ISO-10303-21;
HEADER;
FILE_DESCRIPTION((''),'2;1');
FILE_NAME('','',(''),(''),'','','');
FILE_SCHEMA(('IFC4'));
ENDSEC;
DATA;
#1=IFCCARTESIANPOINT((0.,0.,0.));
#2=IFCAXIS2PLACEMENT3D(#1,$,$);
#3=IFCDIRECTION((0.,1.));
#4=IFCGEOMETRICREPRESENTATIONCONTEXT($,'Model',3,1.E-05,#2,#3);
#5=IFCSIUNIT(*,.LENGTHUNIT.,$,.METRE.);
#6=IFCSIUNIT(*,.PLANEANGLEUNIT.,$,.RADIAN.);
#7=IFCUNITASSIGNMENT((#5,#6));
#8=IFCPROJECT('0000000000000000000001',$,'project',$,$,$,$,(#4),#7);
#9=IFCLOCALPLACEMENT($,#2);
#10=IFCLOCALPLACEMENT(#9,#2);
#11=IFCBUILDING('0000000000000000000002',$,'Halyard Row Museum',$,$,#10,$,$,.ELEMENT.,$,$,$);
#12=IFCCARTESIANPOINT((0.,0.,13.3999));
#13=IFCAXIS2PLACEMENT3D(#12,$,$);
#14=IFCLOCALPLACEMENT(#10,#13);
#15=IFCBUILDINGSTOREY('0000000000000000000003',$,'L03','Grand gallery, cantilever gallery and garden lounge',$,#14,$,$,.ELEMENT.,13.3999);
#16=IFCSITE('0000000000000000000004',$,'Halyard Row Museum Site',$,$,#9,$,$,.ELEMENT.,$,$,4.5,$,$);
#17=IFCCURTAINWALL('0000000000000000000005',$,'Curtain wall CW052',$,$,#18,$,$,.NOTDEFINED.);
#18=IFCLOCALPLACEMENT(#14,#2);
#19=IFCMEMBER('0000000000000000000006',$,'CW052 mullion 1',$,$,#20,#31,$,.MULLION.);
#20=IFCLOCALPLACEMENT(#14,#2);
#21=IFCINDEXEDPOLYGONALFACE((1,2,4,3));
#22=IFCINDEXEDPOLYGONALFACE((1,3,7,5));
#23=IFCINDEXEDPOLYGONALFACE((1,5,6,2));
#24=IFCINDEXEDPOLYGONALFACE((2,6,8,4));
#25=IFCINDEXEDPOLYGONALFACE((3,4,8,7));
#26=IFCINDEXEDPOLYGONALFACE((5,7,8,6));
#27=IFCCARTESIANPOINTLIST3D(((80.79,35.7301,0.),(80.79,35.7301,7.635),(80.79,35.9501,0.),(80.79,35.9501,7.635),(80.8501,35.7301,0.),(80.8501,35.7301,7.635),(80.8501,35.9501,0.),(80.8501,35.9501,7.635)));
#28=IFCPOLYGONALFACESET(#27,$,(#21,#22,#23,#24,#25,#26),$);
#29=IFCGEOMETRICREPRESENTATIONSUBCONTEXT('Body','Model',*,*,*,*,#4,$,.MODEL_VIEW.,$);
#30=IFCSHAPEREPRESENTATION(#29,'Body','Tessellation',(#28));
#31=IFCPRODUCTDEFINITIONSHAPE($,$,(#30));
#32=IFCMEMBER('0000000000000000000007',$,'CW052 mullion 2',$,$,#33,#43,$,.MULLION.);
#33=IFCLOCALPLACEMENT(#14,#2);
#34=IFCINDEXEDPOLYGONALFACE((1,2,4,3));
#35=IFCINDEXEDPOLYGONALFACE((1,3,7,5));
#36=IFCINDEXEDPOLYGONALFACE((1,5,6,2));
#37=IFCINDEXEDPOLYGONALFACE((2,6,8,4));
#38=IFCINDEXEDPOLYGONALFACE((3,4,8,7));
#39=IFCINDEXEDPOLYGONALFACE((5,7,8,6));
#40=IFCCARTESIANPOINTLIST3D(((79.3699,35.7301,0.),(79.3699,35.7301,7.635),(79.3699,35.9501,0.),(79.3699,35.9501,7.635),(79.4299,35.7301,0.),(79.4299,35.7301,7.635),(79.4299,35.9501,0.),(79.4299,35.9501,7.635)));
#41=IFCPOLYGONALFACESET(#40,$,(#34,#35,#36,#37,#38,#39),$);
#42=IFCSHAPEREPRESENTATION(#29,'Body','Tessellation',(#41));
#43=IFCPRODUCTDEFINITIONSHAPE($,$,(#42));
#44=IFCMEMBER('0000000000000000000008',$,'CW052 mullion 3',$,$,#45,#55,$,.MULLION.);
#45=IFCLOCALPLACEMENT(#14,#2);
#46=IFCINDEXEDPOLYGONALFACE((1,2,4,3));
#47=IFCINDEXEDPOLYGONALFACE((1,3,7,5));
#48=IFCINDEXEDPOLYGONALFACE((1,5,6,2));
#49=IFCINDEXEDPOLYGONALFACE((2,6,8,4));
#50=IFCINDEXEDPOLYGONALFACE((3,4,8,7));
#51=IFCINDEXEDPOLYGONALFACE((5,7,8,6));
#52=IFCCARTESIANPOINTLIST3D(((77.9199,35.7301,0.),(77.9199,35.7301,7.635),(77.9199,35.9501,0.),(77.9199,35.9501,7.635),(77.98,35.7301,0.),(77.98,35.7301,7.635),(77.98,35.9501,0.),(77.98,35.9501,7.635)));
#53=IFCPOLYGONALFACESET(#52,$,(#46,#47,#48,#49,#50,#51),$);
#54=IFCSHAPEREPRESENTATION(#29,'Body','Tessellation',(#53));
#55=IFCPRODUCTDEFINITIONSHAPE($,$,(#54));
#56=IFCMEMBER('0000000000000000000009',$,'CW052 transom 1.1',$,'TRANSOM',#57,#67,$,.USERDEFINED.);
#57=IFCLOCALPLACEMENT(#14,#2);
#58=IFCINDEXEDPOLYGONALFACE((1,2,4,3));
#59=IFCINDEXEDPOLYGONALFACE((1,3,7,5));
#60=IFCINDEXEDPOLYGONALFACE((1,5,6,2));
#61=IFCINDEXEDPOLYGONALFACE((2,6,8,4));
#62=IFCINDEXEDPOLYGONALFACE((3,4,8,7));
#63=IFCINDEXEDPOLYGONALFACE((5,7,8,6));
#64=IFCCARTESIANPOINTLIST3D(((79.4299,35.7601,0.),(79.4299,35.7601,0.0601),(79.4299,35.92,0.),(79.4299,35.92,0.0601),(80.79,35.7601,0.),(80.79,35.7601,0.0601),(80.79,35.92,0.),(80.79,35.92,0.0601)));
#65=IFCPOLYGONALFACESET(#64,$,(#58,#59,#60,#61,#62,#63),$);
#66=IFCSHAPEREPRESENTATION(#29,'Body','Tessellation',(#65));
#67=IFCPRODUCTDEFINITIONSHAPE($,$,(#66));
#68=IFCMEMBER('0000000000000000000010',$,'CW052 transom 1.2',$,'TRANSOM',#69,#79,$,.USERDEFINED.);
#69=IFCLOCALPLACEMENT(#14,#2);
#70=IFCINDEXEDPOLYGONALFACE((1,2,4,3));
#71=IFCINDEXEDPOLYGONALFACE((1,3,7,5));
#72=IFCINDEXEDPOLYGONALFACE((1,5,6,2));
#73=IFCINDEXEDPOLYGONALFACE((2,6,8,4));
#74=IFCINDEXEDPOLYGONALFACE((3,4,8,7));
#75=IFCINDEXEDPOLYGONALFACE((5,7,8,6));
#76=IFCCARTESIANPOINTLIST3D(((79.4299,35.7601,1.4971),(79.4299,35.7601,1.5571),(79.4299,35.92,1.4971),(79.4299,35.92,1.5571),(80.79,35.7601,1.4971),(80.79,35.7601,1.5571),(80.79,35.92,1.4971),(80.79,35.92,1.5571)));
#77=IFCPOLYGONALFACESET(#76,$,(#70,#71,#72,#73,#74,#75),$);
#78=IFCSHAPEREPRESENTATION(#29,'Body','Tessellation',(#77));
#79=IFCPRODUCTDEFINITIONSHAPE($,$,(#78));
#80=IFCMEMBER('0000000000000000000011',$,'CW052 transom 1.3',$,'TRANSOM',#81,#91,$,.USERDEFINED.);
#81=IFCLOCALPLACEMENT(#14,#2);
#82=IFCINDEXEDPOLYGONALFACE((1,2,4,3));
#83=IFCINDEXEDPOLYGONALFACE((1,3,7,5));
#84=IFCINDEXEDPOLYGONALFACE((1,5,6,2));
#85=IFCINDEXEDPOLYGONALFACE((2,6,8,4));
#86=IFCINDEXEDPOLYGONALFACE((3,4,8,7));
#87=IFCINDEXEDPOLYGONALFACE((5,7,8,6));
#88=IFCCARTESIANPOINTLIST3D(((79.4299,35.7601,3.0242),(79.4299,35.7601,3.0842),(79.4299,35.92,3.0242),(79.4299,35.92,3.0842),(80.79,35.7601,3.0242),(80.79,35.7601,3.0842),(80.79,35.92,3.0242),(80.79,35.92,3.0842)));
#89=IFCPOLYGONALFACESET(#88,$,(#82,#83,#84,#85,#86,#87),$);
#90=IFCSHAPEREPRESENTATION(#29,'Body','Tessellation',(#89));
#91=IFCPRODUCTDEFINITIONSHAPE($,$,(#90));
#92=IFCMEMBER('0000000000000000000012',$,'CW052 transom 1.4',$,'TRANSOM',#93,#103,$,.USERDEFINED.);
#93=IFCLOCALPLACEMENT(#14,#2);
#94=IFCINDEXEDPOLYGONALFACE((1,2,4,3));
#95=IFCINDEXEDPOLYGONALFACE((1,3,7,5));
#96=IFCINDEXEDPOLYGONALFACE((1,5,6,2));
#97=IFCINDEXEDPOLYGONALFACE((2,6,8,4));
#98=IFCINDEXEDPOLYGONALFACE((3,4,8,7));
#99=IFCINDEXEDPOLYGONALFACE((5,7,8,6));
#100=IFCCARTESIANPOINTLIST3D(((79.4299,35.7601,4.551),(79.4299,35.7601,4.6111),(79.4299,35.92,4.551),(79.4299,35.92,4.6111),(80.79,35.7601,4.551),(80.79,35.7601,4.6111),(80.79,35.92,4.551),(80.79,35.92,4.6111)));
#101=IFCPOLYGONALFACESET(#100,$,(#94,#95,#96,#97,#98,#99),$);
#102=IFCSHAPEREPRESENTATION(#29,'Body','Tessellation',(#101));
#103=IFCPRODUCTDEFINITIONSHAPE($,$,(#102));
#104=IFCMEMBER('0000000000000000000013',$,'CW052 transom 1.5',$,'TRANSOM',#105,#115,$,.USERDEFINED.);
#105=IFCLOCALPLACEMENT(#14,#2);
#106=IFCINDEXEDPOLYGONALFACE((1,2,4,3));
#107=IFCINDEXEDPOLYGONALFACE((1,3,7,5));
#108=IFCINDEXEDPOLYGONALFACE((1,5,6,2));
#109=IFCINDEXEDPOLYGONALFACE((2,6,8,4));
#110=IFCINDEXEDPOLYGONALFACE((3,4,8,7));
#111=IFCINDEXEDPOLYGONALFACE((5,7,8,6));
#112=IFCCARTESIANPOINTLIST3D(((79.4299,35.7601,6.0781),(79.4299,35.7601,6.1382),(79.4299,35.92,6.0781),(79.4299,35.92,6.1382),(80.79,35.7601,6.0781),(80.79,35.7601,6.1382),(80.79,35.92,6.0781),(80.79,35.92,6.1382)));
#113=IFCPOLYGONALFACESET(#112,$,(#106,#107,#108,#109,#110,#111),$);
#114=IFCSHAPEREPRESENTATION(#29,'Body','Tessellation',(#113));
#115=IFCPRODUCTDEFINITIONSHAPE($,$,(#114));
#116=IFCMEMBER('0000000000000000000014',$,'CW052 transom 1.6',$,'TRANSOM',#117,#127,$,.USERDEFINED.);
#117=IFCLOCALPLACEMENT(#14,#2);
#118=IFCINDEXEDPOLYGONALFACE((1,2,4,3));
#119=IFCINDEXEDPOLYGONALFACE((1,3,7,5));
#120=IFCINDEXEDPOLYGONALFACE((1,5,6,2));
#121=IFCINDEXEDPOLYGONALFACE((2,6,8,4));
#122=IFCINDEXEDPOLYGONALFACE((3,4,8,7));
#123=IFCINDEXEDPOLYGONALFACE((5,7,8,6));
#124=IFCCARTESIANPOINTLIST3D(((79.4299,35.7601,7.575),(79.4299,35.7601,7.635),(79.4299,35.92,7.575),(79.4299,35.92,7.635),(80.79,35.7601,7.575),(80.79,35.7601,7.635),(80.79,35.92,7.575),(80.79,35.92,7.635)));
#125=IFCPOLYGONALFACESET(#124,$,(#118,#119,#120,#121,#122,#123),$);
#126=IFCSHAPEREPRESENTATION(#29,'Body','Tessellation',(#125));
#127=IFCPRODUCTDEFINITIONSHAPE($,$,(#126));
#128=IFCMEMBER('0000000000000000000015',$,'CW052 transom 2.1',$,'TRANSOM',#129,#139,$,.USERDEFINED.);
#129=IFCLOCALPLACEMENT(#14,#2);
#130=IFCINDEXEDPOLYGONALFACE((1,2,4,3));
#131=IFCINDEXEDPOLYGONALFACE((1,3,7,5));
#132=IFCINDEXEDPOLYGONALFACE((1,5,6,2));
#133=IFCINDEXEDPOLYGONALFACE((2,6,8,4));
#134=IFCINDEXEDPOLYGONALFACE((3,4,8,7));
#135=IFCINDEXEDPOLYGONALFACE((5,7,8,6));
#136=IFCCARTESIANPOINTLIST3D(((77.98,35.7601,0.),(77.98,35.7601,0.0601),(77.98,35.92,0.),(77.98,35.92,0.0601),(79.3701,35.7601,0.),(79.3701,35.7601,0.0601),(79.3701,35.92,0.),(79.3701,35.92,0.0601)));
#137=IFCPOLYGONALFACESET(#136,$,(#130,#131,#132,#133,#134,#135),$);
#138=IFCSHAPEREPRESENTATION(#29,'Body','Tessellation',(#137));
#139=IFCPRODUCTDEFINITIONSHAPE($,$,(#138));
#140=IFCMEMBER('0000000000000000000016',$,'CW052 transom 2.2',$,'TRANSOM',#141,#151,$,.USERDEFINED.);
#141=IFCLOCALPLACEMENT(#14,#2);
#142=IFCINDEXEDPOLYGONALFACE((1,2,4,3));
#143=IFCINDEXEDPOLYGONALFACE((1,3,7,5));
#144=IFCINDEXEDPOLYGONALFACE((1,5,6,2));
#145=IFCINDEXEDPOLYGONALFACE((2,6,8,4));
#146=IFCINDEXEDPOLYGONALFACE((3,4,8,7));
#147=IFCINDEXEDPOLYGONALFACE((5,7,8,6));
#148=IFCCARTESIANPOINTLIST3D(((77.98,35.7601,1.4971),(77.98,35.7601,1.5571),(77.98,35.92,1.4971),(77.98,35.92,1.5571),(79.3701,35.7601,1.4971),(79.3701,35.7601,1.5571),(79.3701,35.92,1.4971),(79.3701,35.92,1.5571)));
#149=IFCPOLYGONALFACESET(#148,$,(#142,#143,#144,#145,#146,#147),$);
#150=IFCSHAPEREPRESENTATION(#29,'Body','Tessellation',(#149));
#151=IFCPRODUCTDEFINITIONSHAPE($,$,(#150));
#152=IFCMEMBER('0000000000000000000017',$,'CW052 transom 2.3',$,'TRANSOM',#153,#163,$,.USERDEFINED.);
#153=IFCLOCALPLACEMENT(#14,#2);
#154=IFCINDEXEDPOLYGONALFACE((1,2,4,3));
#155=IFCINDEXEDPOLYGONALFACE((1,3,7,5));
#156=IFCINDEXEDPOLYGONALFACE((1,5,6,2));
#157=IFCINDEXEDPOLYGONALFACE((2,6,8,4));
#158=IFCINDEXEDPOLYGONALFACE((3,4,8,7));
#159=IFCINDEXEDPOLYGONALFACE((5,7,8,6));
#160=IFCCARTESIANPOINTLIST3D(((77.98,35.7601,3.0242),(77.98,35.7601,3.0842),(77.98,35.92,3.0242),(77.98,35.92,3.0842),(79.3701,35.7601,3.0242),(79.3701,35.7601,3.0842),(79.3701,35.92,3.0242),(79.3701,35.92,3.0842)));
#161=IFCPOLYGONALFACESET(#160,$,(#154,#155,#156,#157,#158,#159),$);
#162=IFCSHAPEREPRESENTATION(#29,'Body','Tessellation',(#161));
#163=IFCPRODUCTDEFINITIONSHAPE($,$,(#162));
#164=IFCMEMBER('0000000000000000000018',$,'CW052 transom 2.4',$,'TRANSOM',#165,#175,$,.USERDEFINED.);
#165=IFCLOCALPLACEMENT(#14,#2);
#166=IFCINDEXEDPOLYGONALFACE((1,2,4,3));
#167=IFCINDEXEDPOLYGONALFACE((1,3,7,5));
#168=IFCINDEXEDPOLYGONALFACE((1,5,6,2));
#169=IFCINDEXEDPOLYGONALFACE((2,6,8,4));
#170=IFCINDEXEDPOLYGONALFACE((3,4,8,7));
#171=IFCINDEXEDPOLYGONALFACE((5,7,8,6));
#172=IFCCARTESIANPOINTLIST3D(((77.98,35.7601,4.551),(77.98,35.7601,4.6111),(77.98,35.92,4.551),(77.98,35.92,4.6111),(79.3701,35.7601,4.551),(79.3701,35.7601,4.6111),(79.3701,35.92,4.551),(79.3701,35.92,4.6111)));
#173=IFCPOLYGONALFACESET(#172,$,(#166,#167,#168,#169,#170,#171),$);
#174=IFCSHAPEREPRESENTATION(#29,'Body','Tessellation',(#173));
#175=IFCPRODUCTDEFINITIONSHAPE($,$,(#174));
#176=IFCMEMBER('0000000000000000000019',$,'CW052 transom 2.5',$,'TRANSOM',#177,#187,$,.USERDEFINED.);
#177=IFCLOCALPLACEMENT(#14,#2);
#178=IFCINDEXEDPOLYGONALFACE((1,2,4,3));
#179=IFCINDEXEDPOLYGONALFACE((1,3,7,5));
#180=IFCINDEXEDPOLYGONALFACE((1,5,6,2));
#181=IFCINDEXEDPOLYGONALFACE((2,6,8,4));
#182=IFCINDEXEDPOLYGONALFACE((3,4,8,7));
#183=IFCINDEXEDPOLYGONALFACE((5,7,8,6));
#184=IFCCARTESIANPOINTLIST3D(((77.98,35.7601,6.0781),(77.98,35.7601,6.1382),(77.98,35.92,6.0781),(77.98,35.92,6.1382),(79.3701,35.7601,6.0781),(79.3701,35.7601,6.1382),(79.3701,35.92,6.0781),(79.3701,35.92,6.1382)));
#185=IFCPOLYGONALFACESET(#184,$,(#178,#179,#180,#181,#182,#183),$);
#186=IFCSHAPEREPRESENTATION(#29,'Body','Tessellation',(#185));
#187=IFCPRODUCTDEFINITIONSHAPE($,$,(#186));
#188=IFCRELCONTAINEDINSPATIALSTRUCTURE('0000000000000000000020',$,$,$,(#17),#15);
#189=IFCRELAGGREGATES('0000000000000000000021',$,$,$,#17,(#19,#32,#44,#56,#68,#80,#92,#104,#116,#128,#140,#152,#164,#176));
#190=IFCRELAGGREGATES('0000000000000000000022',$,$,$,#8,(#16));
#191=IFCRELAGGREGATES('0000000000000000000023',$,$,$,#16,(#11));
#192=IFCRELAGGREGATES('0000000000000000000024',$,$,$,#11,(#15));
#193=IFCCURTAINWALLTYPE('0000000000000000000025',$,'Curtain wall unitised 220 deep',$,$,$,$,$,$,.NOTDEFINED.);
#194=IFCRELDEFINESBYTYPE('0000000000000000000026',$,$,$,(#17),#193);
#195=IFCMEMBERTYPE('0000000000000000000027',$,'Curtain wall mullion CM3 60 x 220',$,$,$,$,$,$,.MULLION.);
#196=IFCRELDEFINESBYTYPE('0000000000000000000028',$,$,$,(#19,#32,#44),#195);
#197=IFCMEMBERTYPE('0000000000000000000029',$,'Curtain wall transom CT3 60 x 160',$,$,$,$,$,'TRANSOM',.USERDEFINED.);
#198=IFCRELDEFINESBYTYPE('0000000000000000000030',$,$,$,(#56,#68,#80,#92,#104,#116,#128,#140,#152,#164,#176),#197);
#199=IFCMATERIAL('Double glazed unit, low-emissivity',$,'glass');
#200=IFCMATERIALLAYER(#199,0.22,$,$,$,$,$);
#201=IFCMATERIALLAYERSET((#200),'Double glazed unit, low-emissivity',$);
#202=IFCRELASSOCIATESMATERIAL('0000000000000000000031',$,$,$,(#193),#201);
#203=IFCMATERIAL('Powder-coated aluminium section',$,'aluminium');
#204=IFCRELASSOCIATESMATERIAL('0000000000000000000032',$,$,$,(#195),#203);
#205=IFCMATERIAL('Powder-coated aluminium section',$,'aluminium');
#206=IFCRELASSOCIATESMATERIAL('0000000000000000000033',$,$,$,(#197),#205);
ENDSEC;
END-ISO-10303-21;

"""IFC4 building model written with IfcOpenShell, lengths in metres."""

from ifc_helpers import new_model, si_unit, direction, frame, origin, origin_2d, place, context, subcontext, project, spatial, rectangle, extrude, material, layer, layer_set, material_profile, profile_set, type_object, element, aggregate, save


model = new_model("IFC4")

# Units and contexts
model_context = context("Model", 3, precision=1e-05, world=origin(), true_north=direction((0.0, 1.0)))
body_context = subcontext(model_context, "Body", "Model", "MODEL_VIEW")
ifc_project = project(units=[si_unit("LENGTHUNIT", "METRE"), si_unit("PLANEANGLEUNIT", "RADIAN")], contexts=[model_context])

# Site, building, storey
site_placement = place(None, origin())
site = spatial("IfcSite", under=ifc_project, at=site_placement, Name="Halyard Row Museum Site", CompositionType="ELEMENT", RefElevation=4.5)
building_placement = place(site_placement, origin())
building = spatial("IfcBuilding", under=site, at=building_placement, Name="Halyard Row Museum", CompositionType="ELEMENT")
storey_placement = place(building_placement, frame((0.0, 0.0, 13.3999)))
storey = spatial("IfcBuildingStorey", under=building, at=storey_placement, Name="L03", Description="Grand gallery, cantilever gallery and garden lounge", CompositionType="ELEMENT", Elevation=13.3999)

# Curtain wall, members
ifc_material_1 = material(Name="Double glazed unit, low-emissivity", Category="glass")
ifc_layer_1 = layer(ifc_material_1, 0.22)
ifc_layer_set_1 = layer_set([ifc_layer_1], Name="Double glazed unit, low-emissivity")
curtain_wall_type = type_object("IfcCurtainWallType", Name="Curtain wall unitised 220 deep", PredefinedType="NOTDEFINED", material=ifc_layer_set_1)
curtain_wall_placement = place(storey_placement, origin())
curtain_wall = element("IfcCurtainWall", 1, at=curtain_wall_placement, inside=storey, type_object=curtain_wall_type, Name="Curtain wall CW052", PredefinedType="NOTDEFINED")
ifc_material_2 = material(Name="Powder-coated aluminium section", Category="aluminium")
ifc_material_profile_1 = material_profile(ifc_material_2, rectangle(XDim=0.22, YDim=0.0601, at=origin_2d()), Name="220x60 mullion")
ifc_profile_set_1 = profile_set([ifc_material_profile_1], Name="Powder-coated aluminium section")
member_type_1 = type_object("IfcMemberType", Name="Curtain wall mullion CM3 60 x 220", PredefinedType="MULLION", material=ifc_profile_set_1)
member_1_placement = place(storey_placement, frame((80.8201, 35.8401, 0.0), z_axis=(0.0, 0.0, 1.0), x_axis=(0.0, -1.0, 0.0)))
member_1 = element("IfcMember", 2, at=member_1_placement, type_object=member_type_1, Name="CW052 mullion 1", PredefinedType="MULLION", context=body_context, shape_type="SweptSolid", body=[
    extrude(rectangle(XDim=0.22, YDim=0.0601, at=origin_2d()), origin(), (0.0, 0.0, 1.0), 7.635),
])
member_2_placement = place(storey_placement, frame((79.3999, 35.8401, 0.0), z_axis=(0.0, 0.0, 1.0), x_axis=(0.0, -1.0, 0.0)))
member_2 = element("IfcMember", 3, at=member_2_placement, type_object=member_type_1, Name="CW052 mullion 2", PredefinedType="MULLION", context=body_context, shape_type="SweptSolid", body=[
    extrude(rectangle(XDim=0.22, YDim=0.0601, at=origin_2d()), origin(), (0.0, 0.0, 1.0), 7.635),
])
member_3_placement = place(storey_placement, frame((77.95, 35.8401, 0.0), z_axis=(0.0, 0.0, 1.0), x_axis=(0.0, -1.0, 0.0)))
member_3 = element("IfcMember", 4, at=member_3_placement, type_object=member_type_1, Name="CW052 mullion 3", PredefinedType="MULLION", context=body_context, shape_type="SweptSolid", body=[
    extrude(rectangle(XDim=0.22, YDim=0.0601, at=origin_2d()), origin(), (0.0, 0.0, 1.0), 7.635),
])
ifc_material_3 = material(Name="Powder-coated aluminium section", Category="aluminium")
ifc_material_profile_2 = material_profile(ifc_material_3, rectangle(XDim=0.1599, YDim=0.0601, at=origin_2d()), Name="160x60 transom")
ifc_profile_set_2 = profile_set([ifc_material_profile_2], Name="Powder-coated aluminium section")
member_type_2 = type_object("IfcMemberType", Name="Curtain wall transom CT3 60 x 160", ElementType="TRANSOM", PredefinedType="USERDEFINED", material=ifc_profile_set_2)
member_4_placement = place(storey_placement, frame((80.79, 35.8401, 0.03), z_axis=(-1.0, 0.0, 0.0), x_axis=(0.0, -1.0, 0.0)))
member_4 = element("IfcMember", 5, at=member_4_placement, type_object=member_type_2, Name="CW052 transom 1.1", ObjectType="TRANSOM", PredefinedType="USERDEFINED", context=body_context, shape_type="SweptSolid", body=[
    extrude(rectangle(XDim=0.1599, YDim=0.0601, at=origin_2d()), origin(), (0.0, 0.0, 1.0), 1.3601),
])
member_5_placement = place(storey_placement, frame((80.79, 35.8401, 1.5271), z_axis=(-1.0, 0.0, 0.0), x_axis=(0.0, -1.0, 0.0)))
member_5 = element("IfcMember", 6, at=member_5_placement, type_object=member_type_2, Name="CW052 transom 1.2", ObjectType="TRANSOM", PredefinedType="USERDEFINED", context=body_context, shape_type="SweptSolid", body=[
    extrude(rectangle(XDim=0.1599, YDim=0.0601, at=origin_2d()), origin(), (0.0, 0.0, 1.0), 1.3601),
])
member_6_placement = place(storey_placement, frame((80.79, 35.8401, 3.0542), z_axis=(-1.0, 0.0, 0.0), x_axis=(0.0, -1.0, 0.0)))
member_6 = element("IfcMember", 7, at=member_6_placement, type_object=member_type_2, Name="CW052 transom 1.3", ObjectType="TRANSOM", PredefinedType="USERDEFINED", context=body_context, shape_type="SweptSolid", body=[
    extrude(rectangle(XDim=0.1599, YDim=0.0601, at=origin_2d()), origin(), (0.0, 0.0, 1.0), 1.3601),
])
member_7_placement = place(storey_placement, frame((80.79, 35.8401, 4.5811), z_axis=(-1.0, 0.0, 0.0), x_axis=(0.0, -1.0, 0.0)))
member_7 = element("IfcMember", 8, at=member_7_placement, type_object=member_type_2, Name="CW052 transom 1.4", ObjectType="TRANSOM", PredefinedType="USERDEFINED", context=body_context, shape_type="SweptSolid", body=[
    extrude(rectangle(XDim=0.1599, YDim=0.0601, at=origin_2d()), origin(), (0.0, 0.0, 1.0), 1.3601),
])
member_8_placement = place(storey_placement, frame((80.79, 35.8401, 6.1082), z_axis=(-1.0, 0.0, 0.0), x_axis=(0.0, -1.0, 0.0)))
member_8 = element("IfcMember", 9, at=member_8_placement, type_object=member_type_2, Name="CW052 transom 1.5", ObjectType="TRANSOM", PredefinedType="USERDEFINED", context=body_context, shape_type="SweptSolid", body=[
    extrude(rectangle(XDim=0.1599, YDim=0.0601, at=origin_2d()), origin(), (0.0, 0.0, 1.0), 1.3601),
])
member_9_placement = place(storey_placement, frame((80.79, 35.8401, 7.605), z_axis=(-1.0, 0.0, 0.0), x_axis=(0.0, -1.0, 0.0)))
member_9 = element("IfcMember", 10, at=member_9_placement, type_object=member_type_2, Name="CW052 transom 1.6", ObjectType="TRANSOM", PredefinedType="USERDEFINED", context=body_context, shape_type="SweptSolid", body=[
    extrude(rectangle(XDim=0.1599, YDim=0.0601, at=origin_2d()), origin(), (0.0, 0.0, 1.0), 1.3601),
])
member_10_placement = place(storey_placement, frame((79.3701, 35.8401, 0.03), z_axis=(-1.0, 0.0, 0.0), x_axis=(0.0, -1.0, 0.0)))
member_10 = element("IfcMember", 11, at=member_10_placement, type_object=member_type_2, Name="CW052 transom 2.1", ObjectType="TRANSOM", PredefinedType="USERDEFINED", context=body_context, shape_type="SweptSolid", body=[
    extrude(rectangle(XDim=0.1599, YDim=0.0601, at=origin_2d()), origin(), (0.0, 0.0, 1.0), 1.3901),
])
member_11_placement = place(storey_placement, frame((79.3701, 35.8401, 1.5271), z_axis=(-1.0, 0.0, 0.0), x_axis=(0.0, -1.0, 0.0)))
member_11 = element("IfcMember", 12, at=member_11_placement, type_object=member_type_2, Name="CW052 transom 2.2", ObjectType="TRANSOM", PredefinedType="USERDEFINED", context=body_context, shape_type="SweptSolid", body=[
    extrude(rectangle(XDim=0.1599, YDim=0.0601, at=origin_2d()), origin(), (0.0, 0.0, 1.0), 1.3901),
])
member_12_placement = place(storey_placement, frame((79.3701, 35.8401, 3.0542), z_axis=(-1.0, 0.0, 0.0), x_axis=(0.0, -1.0, 0.0)))
member_12 = element("IfcMember", 13, at=member_12_placement, type_object=member_type_2, Name="CW052 transom 2.3", ObjectType="TRANSOM", PredefinedType="USERDEFINED", context=body_context, shape_type="SweptSolid", body=[
    extrude(rectangle(XDim=0.1599, YDim=0.0601, at=origin_2d()), origin(), (0.0, 0.0, 1.0), 1.3901),
])
member_13_placement = place(storey_placement, frame((79.3701, 35.8401, 4.5811), z_axis=(-1.0, 0.0, 0.0), x_axis=(0.0, -1.0, 0.0)))
member_13 = element("IfcMember", 14, at=member_13_placement, type_object=member_type_2, Name="CW052 transom 2.4", ObjectType="TRANSOM", PredefinedType="USERDEFINED", context=body_context, shape_type="SweptSolid", body=[
    extrude(rectangle(XDim=0.1599, YDim=0.0601, at=origin_2d()), origin(), (0.0, 0.0, 1.0), 1.3901),
])
member_14_placement = place(storey_placement, frame((79.3701, 35.8401, 6.1082), z_axis=(-1.0, 0.0, 0.0), x_axis=(0.0, -1.0, 0.0)))
member_14 = element("IfcMember", 15, at=member_14_placement, type_object=member_type_2, Name="CW052 transom 2.5", ObjectType="TRANSOM", PredefinedType="USERDEFINED", context=body_context, shape_type="SweptSolid", body=[
    extrude(rectangle(XDim=0.1599, YDim=0.0601, at=origin_2d()), origin(), (0.0, 0.0, 1.0), 1.3901),
])
aggregate(curtain_wall, [member_1, member_2, member_3, member_4, member_5, member_6, member_7, member_8, member_9, member_10, member_11, member_12, member_13, member_14])

save(model, "model.ifc")
